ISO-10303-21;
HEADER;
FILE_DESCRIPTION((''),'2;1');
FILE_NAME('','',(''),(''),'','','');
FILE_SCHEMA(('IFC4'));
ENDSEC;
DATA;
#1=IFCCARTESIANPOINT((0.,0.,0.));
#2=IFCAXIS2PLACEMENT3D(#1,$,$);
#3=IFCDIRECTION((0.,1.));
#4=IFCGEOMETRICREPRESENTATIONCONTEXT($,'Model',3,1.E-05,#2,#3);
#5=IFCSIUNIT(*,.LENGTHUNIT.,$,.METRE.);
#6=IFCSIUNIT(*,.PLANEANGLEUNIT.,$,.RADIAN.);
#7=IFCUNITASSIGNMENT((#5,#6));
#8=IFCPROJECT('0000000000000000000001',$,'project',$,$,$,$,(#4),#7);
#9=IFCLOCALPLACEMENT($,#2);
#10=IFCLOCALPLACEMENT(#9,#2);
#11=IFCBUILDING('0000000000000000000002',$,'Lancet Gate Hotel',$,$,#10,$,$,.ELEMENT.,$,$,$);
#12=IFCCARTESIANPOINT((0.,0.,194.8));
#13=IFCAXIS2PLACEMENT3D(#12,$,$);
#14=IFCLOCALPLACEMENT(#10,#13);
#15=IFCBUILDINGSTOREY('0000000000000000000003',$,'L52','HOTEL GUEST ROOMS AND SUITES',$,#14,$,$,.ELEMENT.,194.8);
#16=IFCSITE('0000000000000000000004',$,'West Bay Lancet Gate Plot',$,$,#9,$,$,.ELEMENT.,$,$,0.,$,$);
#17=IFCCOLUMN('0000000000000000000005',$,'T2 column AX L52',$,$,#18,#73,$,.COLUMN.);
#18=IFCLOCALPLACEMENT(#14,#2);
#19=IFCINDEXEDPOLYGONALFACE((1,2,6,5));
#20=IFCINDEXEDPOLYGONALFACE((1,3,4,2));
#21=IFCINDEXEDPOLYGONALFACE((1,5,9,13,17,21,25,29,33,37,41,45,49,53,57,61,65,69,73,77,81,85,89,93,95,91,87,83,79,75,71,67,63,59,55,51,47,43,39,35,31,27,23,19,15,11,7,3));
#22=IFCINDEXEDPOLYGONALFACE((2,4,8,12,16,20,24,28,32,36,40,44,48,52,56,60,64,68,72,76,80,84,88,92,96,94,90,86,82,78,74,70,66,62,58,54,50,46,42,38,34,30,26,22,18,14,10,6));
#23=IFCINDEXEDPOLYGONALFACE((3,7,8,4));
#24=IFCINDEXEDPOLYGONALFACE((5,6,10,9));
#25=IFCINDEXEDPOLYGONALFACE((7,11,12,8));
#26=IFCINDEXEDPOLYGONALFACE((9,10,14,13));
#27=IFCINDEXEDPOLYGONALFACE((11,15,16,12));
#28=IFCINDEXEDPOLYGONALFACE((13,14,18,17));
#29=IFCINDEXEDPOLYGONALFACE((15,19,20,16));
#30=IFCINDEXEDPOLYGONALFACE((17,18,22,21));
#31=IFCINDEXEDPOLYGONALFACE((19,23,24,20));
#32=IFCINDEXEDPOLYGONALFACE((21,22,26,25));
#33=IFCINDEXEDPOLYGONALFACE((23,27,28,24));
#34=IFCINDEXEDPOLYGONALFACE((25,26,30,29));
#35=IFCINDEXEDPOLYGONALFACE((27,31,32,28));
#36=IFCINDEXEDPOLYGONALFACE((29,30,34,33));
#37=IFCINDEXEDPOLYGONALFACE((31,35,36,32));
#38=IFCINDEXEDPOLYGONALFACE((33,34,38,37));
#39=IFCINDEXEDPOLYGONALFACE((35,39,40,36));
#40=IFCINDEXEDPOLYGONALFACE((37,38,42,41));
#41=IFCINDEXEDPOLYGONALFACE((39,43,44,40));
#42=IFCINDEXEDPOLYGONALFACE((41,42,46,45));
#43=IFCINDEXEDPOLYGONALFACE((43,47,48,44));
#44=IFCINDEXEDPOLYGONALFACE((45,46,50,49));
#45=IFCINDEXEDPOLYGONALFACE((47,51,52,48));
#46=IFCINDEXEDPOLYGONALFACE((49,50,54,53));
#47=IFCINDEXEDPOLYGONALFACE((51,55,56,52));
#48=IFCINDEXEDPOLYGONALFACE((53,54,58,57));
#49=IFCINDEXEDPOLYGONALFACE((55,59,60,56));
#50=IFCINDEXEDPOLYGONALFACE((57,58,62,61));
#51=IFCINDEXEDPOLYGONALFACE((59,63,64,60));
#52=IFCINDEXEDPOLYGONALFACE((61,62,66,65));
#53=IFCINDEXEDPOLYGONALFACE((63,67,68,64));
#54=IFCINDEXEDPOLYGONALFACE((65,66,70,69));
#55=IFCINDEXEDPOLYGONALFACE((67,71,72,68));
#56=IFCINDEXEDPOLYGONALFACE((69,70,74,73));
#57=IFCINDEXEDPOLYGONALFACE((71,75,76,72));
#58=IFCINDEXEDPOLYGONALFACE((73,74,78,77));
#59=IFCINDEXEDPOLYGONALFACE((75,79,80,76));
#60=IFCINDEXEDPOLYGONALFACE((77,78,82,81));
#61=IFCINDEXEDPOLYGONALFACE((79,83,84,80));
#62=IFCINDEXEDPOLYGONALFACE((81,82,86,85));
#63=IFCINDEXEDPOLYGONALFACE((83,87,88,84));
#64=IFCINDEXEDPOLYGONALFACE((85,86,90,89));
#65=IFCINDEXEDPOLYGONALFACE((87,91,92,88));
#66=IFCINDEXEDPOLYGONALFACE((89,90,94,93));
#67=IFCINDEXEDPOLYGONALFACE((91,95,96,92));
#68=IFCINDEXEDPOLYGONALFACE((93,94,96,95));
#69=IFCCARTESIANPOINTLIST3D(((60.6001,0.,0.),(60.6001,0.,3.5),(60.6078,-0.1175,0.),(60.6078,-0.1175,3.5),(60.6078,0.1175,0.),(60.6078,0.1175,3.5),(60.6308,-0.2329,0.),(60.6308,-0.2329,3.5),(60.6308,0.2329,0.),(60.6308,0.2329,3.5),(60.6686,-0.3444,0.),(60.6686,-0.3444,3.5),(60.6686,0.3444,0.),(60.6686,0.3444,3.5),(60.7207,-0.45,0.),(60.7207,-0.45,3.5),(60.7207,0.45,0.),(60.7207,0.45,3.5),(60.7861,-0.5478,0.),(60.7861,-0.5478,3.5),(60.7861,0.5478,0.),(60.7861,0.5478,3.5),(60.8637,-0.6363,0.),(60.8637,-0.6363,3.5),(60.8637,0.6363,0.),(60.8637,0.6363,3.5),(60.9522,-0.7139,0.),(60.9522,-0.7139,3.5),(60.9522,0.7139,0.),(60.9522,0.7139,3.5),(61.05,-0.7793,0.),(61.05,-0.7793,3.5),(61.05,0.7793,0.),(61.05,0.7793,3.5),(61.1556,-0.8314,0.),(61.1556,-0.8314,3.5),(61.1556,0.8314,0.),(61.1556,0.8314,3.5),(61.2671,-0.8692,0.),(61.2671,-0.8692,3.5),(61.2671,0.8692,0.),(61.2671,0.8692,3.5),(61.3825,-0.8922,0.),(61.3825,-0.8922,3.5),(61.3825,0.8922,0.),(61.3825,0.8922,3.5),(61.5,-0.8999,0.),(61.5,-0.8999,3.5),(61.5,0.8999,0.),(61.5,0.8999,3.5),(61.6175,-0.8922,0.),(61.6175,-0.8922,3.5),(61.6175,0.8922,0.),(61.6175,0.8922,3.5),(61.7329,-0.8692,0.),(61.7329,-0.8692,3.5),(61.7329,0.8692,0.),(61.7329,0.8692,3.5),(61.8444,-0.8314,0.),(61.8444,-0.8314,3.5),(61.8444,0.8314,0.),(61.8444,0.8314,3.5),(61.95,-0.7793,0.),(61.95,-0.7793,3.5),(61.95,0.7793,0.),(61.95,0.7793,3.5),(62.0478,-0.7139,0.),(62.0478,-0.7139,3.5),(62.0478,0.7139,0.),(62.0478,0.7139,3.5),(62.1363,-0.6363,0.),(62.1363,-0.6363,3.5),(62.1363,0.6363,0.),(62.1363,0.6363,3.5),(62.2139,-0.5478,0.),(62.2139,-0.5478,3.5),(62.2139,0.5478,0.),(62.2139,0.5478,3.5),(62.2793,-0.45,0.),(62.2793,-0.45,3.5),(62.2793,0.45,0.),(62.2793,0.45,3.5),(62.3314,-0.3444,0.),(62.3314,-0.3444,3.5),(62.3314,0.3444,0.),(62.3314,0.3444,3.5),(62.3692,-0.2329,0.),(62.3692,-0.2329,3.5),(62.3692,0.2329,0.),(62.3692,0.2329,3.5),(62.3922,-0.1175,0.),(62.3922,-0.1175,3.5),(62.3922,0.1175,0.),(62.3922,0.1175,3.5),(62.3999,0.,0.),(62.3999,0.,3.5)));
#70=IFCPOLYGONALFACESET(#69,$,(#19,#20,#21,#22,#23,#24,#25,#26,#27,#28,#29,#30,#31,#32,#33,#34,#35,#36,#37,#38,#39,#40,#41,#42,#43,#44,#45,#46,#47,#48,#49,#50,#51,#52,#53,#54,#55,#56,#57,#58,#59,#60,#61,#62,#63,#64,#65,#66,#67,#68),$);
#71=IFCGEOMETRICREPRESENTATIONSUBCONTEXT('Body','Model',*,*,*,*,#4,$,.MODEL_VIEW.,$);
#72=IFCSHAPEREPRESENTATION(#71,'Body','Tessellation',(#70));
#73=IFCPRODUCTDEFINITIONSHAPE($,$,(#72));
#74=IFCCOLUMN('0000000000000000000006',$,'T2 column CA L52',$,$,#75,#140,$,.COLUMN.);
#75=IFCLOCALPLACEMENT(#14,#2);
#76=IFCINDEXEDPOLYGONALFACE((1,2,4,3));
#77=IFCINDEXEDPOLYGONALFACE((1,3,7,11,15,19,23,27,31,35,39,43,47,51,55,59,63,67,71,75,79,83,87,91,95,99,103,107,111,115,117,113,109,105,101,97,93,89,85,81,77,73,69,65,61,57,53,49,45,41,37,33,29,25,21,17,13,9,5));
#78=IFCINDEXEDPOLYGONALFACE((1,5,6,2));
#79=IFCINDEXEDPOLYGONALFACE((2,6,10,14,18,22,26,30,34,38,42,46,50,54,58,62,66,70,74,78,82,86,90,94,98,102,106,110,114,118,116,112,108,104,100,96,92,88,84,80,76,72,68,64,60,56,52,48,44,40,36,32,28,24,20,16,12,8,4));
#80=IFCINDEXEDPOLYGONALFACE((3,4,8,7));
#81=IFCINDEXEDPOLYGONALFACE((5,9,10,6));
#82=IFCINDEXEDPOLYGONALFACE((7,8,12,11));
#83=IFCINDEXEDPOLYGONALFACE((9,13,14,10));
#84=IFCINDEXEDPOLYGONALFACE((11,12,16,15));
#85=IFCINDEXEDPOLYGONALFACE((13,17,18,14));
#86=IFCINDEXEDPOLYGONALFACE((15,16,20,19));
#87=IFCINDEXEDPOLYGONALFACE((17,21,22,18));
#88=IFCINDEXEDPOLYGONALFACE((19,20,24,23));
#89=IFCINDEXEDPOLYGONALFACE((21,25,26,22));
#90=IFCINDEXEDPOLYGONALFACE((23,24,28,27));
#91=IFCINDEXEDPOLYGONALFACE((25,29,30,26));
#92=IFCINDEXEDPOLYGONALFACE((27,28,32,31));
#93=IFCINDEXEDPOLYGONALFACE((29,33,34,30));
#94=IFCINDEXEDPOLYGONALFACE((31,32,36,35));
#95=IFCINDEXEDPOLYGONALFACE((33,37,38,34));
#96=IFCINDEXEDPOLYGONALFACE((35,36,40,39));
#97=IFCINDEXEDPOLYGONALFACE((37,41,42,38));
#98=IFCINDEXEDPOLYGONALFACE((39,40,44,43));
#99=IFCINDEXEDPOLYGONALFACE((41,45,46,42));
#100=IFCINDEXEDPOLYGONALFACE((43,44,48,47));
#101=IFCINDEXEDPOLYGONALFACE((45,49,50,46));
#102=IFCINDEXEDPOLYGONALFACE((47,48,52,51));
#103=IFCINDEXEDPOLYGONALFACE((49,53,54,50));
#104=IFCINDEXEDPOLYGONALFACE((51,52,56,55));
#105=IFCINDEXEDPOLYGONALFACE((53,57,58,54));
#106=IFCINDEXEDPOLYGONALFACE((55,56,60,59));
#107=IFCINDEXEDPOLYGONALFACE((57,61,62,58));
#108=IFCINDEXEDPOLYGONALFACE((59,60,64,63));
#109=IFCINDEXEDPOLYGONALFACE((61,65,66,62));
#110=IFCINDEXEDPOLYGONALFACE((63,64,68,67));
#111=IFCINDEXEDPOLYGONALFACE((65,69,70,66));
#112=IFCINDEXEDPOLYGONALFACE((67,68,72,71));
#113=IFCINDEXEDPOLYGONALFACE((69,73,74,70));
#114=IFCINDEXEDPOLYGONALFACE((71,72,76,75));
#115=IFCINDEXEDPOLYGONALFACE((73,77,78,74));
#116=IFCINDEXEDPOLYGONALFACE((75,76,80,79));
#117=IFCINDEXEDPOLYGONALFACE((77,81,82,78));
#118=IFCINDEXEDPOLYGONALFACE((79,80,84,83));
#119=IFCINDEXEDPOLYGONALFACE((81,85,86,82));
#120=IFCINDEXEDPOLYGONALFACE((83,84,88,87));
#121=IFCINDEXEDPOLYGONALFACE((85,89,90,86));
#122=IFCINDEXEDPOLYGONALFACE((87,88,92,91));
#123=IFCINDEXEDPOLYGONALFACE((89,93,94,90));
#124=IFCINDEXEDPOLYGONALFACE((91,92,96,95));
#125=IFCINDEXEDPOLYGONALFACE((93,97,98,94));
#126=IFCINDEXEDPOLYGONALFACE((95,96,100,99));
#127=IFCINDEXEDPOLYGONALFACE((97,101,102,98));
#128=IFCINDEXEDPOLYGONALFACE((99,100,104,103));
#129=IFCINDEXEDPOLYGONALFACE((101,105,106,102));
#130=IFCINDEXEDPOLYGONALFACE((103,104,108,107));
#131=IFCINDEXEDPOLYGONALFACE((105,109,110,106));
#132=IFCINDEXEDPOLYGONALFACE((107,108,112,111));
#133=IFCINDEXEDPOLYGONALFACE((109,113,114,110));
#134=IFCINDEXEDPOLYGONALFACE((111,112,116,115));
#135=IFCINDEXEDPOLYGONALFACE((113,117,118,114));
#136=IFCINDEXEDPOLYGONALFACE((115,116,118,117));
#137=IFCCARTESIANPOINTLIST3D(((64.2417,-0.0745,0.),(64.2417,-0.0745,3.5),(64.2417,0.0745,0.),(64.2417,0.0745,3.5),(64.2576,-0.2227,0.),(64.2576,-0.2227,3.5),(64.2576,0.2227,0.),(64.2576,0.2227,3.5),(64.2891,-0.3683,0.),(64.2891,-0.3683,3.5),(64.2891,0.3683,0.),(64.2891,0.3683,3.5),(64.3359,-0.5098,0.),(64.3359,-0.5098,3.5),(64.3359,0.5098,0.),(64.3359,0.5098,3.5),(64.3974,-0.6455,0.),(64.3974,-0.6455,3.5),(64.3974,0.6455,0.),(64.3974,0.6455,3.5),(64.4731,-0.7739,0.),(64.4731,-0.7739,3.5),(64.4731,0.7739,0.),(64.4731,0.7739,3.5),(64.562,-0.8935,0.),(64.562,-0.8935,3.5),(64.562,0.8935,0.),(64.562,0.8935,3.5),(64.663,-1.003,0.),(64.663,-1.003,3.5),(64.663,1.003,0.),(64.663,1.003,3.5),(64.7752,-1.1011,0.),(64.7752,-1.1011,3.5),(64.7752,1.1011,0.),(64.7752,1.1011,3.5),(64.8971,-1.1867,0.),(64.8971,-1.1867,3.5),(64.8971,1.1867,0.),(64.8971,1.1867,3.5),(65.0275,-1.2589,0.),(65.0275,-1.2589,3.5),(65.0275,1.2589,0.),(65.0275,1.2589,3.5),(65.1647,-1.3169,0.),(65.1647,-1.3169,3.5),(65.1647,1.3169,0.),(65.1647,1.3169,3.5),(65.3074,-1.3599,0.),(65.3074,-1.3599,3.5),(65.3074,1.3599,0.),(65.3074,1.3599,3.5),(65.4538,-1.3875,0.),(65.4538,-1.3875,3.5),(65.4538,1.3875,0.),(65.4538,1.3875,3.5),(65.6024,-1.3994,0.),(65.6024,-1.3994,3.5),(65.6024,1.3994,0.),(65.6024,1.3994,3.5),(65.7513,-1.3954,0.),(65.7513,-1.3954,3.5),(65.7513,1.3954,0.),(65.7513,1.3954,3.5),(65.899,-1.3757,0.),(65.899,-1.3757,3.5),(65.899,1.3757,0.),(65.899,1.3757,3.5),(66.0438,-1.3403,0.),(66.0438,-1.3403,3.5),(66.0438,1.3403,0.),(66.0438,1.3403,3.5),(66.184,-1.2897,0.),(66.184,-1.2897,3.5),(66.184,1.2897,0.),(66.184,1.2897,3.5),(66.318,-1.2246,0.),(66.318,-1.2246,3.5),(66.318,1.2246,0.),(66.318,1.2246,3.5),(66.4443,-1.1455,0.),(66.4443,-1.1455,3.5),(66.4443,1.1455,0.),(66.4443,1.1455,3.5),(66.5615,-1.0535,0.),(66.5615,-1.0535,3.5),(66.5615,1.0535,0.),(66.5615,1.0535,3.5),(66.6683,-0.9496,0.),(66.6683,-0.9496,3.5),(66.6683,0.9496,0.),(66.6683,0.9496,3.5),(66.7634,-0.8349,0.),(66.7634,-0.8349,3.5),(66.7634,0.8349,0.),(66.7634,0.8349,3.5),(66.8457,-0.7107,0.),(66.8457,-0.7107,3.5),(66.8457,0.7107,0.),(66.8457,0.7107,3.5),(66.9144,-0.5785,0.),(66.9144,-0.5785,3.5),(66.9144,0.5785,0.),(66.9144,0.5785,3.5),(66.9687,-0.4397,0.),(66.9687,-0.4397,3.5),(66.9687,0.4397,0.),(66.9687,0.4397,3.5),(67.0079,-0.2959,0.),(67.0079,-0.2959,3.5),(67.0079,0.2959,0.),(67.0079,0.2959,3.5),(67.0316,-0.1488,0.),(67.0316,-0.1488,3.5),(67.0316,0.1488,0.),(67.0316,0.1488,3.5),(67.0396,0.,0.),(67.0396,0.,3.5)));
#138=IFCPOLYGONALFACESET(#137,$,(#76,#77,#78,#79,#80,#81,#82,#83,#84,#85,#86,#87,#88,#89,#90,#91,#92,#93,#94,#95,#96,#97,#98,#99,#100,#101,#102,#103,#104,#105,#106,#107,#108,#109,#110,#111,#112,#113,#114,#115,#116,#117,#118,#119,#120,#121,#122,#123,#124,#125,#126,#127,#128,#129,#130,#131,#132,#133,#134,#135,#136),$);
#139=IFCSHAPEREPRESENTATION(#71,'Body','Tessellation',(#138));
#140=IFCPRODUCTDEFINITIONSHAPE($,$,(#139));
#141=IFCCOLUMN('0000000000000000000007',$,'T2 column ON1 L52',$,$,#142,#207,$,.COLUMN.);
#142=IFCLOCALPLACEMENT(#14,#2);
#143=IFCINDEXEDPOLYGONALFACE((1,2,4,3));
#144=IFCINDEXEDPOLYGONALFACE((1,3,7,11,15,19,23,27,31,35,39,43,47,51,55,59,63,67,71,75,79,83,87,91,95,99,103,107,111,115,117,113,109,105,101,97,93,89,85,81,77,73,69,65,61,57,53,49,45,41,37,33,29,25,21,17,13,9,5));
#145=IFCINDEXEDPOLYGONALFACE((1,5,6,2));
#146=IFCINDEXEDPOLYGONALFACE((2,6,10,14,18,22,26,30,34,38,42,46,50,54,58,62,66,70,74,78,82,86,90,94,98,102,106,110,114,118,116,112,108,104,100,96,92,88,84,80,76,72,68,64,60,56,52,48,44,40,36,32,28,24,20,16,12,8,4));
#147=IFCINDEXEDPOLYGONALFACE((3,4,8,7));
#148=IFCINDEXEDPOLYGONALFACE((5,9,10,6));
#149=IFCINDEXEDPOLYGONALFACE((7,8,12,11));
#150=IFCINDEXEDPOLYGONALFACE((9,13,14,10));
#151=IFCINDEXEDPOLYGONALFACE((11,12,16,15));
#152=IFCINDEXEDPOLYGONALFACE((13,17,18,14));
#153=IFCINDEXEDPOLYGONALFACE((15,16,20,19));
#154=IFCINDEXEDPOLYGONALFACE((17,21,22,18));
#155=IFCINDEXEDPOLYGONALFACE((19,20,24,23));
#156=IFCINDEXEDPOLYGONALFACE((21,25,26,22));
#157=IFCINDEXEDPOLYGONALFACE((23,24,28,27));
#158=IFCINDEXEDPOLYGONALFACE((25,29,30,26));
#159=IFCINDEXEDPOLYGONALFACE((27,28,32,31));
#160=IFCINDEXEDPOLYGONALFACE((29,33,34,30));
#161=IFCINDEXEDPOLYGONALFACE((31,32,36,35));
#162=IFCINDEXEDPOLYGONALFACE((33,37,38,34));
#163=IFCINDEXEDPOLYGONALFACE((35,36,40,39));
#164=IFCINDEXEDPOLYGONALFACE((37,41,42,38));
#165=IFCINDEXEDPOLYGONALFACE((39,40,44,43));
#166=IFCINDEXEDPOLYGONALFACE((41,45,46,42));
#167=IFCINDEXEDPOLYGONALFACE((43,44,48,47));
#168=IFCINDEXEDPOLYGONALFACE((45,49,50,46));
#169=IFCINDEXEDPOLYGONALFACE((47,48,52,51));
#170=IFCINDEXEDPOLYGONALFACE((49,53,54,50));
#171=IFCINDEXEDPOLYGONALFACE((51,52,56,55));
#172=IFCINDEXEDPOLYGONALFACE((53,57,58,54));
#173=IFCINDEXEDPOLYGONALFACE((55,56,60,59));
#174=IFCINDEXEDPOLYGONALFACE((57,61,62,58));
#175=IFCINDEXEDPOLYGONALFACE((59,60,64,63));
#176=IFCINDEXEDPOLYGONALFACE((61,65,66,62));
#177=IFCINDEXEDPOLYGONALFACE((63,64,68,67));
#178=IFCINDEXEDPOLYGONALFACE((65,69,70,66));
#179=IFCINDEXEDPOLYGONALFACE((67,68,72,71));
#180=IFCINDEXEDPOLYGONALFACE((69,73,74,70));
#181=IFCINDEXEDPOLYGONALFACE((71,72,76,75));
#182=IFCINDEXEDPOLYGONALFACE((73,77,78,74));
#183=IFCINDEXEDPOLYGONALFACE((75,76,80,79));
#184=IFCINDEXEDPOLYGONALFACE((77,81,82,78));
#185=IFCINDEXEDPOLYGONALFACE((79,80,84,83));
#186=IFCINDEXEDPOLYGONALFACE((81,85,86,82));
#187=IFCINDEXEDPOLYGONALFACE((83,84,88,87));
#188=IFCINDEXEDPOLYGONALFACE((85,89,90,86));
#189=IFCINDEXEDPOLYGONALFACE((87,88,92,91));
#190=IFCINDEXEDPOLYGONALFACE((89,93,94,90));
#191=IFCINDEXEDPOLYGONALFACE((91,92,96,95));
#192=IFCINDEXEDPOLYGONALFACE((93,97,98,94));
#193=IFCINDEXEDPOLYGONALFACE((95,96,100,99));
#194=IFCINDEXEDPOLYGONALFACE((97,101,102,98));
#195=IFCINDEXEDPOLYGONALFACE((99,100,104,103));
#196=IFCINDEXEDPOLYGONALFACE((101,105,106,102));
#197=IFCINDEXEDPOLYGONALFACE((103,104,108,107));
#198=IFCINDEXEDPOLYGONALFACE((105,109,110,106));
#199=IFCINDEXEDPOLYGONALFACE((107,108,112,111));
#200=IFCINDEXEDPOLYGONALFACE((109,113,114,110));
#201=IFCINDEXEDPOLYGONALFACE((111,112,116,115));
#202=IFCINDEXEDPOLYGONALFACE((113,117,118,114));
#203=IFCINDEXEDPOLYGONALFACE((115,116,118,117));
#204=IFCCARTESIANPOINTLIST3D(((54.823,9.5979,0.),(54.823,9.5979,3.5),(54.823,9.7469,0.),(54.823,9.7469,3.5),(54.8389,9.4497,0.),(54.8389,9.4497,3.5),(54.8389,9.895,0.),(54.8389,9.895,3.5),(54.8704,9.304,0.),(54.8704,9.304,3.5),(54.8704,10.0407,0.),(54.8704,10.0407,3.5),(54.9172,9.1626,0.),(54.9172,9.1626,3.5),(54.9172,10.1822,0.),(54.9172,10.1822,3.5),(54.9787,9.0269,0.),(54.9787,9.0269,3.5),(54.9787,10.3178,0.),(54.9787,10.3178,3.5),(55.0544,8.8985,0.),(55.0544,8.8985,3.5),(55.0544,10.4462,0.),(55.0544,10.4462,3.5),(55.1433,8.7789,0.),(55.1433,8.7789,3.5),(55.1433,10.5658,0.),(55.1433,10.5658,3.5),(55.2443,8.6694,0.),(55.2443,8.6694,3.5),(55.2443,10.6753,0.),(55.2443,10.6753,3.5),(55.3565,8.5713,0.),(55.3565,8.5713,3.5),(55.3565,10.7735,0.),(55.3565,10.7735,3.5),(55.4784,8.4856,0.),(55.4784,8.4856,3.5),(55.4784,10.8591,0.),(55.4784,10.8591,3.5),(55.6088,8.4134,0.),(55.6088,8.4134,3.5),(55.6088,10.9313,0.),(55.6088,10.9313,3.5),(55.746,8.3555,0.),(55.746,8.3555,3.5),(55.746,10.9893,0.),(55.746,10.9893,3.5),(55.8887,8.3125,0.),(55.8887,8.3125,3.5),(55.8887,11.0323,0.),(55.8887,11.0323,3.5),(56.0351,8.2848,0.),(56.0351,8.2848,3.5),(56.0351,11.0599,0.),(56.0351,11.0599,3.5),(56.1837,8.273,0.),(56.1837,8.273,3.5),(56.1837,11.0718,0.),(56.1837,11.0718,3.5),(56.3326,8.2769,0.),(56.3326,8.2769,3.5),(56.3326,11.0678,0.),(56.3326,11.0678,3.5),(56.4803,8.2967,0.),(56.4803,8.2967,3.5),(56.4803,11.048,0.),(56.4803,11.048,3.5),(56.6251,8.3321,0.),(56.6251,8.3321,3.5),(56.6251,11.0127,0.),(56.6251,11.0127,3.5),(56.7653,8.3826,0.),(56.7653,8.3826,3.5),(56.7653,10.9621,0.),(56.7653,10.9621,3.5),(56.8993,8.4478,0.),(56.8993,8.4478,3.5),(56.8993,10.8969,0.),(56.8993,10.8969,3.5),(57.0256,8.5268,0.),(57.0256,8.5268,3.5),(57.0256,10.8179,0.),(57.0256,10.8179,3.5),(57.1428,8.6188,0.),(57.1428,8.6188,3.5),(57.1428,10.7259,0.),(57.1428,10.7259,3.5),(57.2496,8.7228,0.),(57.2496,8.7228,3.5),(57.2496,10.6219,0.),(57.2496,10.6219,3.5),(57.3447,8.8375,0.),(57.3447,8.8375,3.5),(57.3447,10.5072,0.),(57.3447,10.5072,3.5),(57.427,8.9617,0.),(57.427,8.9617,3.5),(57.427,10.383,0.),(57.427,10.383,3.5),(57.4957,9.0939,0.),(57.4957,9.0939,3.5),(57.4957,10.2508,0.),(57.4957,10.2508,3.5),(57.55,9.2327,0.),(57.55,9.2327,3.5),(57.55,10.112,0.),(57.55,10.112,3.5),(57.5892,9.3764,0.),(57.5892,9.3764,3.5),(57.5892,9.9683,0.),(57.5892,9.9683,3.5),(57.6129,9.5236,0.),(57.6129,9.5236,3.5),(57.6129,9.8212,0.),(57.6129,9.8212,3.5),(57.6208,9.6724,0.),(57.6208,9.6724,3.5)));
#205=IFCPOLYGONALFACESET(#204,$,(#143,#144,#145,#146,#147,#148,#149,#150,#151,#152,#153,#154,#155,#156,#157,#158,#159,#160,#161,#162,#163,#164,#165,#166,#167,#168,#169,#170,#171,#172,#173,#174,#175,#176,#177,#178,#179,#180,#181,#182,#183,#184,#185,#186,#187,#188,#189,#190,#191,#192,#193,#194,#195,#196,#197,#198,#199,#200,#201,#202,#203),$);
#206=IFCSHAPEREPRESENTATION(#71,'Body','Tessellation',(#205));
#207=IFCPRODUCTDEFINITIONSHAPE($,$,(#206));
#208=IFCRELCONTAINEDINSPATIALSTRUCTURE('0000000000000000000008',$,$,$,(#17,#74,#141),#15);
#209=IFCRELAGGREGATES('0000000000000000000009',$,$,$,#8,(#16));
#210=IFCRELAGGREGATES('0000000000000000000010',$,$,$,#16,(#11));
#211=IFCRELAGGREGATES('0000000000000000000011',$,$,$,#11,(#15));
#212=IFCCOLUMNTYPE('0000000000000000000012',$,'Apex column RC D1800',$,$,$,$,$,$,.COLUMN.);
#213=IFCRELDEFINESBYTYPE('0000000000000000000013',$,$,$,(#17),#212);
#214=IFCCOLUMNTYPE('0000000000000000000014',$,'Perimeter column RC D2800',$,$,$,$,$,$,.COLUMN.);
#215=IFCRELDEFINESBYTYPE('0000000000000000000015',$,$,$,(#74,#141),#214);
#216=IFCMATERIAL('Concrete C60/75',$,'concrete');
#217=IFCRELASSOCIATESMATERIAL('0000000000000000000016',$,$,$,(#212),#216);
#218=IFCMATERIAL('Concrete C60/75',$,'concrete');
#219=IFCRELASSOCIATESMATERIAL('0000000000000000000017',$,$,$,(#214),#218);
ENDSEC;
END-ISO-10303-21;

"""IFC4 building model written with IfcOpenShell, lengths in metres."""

from ifc_helpers import new_model, si_unit, direction, frame, origin, origin_2d, place, context, subcontext, project, spatial, circle, extrude, material, material_profile, profile_set, type_object, element, save


model = new_model("IFC4")

# Units and contexts
model_context = context("Model", 3, precision=1e-05, world=origin(), true_north=direction((0.0, 1.0)))
body_context = subcontext(model_context, "Body", "Model", "MODEL_VIEW")
ifc_project = project(units=[si_unit("LENGTHUNIT", "METRE"), si_unit("PLANEANGLEUNIT", "RADIAN")], contexts=[model_context])

# Site, building, storey
site_placement = place(None, origin())
site = spatial("IfcSite", under=ifc_project, at=site_placement, Name="West Bay Lancet Gate Plot", CompositionType="ELEMENT", RefElevation=0.0)
building_placement = place(site_placement, origin())
building = spatial("IfcBuilding", under=site, at=building_placement, Name="Lancet Gate Hotel", CompositionType="ELEMENT")
storey_placement = place(building_placement, frame((0.0, 0.0, 194.8)))
storey = spatial("IfcBuildingStorey", under=building, at=storey_placement, Name="L52", Description="HOTEL GUEST ROOMS AND SUITES", CompositionType="ELEMENT", Elevation=194.8)

# Columns
ifc_material_1 = material(Name="Concrete C60/75", Category="concrete")
ifc_material_profile_1 = material_profile(ifc_material_1, circle(Radius=0.8999, at=origin_2d()), Name="RC D1800")
ifc_profile_set_1 = profile_set([ifc_material_profile_1], Name="Concrete C60/75")
column_type_1 = type_object("IfcColumnType", Name="Apex column RC D1800", PredefinedType="COLUMN", material=ifc_profile_set_1)
column_placement = place(storey_placement, frame((61.5, 0.0, 0.0), z_axis=(0.0, 0.0, 1.0), x_axis=(1.0, 0.0, 0.0)))
element("IfcColumn", 1, at=column_placement, inside=storey, type_object=column_type_1, Name="T2 column AX L52", PredefinedType="COLUMN", context=body_context, shape_type="SweptSolid", body=[
    extrude(circle(Radius=0.8999, at=origin_2d()), origin(), (0.0, 0.0, 1.0), 3.5),
])
ifc_material_2 = material(Name="Concrete C60/75", Category="concrete")
ifc_material_profile_2 = material_profile(ifc_material_2, circle(Radius=1.3999, at=origin_2d()), Name="RC D2800")
ifc_profile_set_2 = profile_set([ifc_material_profile_2], Name="Concrete C60/75")
column_type_2 = type_object("IfcColumnType", Name="Perimeter column RC D2800", PredefinedType="COLUMN", material=ifc_profile_set_2)
for number, where, z_axis, x_axis, name in (
    (2, (65.6396, 0.0, 0.0), (0.0, 0.0, 1.0), (1.0, 0.0, 0.0), "T2 column CA L52"),
    (3, (56.2209, 9.6724, 0.0), (0.0, 0.0, 1.0), (1.0, 0.0, 0.0), "T2 column ON1 L52"),
):
    element("IfcColumn", number, at=place(storey_placement, frame(where, z_axis=z_axis, x_axis=x_axis)), inside=storey, type_object=column_type_2, Name=name, PredefinedType="COLUMN", context=body_context, shape_type="SweptSolid", body=[
        extrude(circle(Radius=1.3999, at=origin_2d()), origin(), (0.0, 0.0, 1.0), 3.5),
    ])

save(model, "model.ifc")
